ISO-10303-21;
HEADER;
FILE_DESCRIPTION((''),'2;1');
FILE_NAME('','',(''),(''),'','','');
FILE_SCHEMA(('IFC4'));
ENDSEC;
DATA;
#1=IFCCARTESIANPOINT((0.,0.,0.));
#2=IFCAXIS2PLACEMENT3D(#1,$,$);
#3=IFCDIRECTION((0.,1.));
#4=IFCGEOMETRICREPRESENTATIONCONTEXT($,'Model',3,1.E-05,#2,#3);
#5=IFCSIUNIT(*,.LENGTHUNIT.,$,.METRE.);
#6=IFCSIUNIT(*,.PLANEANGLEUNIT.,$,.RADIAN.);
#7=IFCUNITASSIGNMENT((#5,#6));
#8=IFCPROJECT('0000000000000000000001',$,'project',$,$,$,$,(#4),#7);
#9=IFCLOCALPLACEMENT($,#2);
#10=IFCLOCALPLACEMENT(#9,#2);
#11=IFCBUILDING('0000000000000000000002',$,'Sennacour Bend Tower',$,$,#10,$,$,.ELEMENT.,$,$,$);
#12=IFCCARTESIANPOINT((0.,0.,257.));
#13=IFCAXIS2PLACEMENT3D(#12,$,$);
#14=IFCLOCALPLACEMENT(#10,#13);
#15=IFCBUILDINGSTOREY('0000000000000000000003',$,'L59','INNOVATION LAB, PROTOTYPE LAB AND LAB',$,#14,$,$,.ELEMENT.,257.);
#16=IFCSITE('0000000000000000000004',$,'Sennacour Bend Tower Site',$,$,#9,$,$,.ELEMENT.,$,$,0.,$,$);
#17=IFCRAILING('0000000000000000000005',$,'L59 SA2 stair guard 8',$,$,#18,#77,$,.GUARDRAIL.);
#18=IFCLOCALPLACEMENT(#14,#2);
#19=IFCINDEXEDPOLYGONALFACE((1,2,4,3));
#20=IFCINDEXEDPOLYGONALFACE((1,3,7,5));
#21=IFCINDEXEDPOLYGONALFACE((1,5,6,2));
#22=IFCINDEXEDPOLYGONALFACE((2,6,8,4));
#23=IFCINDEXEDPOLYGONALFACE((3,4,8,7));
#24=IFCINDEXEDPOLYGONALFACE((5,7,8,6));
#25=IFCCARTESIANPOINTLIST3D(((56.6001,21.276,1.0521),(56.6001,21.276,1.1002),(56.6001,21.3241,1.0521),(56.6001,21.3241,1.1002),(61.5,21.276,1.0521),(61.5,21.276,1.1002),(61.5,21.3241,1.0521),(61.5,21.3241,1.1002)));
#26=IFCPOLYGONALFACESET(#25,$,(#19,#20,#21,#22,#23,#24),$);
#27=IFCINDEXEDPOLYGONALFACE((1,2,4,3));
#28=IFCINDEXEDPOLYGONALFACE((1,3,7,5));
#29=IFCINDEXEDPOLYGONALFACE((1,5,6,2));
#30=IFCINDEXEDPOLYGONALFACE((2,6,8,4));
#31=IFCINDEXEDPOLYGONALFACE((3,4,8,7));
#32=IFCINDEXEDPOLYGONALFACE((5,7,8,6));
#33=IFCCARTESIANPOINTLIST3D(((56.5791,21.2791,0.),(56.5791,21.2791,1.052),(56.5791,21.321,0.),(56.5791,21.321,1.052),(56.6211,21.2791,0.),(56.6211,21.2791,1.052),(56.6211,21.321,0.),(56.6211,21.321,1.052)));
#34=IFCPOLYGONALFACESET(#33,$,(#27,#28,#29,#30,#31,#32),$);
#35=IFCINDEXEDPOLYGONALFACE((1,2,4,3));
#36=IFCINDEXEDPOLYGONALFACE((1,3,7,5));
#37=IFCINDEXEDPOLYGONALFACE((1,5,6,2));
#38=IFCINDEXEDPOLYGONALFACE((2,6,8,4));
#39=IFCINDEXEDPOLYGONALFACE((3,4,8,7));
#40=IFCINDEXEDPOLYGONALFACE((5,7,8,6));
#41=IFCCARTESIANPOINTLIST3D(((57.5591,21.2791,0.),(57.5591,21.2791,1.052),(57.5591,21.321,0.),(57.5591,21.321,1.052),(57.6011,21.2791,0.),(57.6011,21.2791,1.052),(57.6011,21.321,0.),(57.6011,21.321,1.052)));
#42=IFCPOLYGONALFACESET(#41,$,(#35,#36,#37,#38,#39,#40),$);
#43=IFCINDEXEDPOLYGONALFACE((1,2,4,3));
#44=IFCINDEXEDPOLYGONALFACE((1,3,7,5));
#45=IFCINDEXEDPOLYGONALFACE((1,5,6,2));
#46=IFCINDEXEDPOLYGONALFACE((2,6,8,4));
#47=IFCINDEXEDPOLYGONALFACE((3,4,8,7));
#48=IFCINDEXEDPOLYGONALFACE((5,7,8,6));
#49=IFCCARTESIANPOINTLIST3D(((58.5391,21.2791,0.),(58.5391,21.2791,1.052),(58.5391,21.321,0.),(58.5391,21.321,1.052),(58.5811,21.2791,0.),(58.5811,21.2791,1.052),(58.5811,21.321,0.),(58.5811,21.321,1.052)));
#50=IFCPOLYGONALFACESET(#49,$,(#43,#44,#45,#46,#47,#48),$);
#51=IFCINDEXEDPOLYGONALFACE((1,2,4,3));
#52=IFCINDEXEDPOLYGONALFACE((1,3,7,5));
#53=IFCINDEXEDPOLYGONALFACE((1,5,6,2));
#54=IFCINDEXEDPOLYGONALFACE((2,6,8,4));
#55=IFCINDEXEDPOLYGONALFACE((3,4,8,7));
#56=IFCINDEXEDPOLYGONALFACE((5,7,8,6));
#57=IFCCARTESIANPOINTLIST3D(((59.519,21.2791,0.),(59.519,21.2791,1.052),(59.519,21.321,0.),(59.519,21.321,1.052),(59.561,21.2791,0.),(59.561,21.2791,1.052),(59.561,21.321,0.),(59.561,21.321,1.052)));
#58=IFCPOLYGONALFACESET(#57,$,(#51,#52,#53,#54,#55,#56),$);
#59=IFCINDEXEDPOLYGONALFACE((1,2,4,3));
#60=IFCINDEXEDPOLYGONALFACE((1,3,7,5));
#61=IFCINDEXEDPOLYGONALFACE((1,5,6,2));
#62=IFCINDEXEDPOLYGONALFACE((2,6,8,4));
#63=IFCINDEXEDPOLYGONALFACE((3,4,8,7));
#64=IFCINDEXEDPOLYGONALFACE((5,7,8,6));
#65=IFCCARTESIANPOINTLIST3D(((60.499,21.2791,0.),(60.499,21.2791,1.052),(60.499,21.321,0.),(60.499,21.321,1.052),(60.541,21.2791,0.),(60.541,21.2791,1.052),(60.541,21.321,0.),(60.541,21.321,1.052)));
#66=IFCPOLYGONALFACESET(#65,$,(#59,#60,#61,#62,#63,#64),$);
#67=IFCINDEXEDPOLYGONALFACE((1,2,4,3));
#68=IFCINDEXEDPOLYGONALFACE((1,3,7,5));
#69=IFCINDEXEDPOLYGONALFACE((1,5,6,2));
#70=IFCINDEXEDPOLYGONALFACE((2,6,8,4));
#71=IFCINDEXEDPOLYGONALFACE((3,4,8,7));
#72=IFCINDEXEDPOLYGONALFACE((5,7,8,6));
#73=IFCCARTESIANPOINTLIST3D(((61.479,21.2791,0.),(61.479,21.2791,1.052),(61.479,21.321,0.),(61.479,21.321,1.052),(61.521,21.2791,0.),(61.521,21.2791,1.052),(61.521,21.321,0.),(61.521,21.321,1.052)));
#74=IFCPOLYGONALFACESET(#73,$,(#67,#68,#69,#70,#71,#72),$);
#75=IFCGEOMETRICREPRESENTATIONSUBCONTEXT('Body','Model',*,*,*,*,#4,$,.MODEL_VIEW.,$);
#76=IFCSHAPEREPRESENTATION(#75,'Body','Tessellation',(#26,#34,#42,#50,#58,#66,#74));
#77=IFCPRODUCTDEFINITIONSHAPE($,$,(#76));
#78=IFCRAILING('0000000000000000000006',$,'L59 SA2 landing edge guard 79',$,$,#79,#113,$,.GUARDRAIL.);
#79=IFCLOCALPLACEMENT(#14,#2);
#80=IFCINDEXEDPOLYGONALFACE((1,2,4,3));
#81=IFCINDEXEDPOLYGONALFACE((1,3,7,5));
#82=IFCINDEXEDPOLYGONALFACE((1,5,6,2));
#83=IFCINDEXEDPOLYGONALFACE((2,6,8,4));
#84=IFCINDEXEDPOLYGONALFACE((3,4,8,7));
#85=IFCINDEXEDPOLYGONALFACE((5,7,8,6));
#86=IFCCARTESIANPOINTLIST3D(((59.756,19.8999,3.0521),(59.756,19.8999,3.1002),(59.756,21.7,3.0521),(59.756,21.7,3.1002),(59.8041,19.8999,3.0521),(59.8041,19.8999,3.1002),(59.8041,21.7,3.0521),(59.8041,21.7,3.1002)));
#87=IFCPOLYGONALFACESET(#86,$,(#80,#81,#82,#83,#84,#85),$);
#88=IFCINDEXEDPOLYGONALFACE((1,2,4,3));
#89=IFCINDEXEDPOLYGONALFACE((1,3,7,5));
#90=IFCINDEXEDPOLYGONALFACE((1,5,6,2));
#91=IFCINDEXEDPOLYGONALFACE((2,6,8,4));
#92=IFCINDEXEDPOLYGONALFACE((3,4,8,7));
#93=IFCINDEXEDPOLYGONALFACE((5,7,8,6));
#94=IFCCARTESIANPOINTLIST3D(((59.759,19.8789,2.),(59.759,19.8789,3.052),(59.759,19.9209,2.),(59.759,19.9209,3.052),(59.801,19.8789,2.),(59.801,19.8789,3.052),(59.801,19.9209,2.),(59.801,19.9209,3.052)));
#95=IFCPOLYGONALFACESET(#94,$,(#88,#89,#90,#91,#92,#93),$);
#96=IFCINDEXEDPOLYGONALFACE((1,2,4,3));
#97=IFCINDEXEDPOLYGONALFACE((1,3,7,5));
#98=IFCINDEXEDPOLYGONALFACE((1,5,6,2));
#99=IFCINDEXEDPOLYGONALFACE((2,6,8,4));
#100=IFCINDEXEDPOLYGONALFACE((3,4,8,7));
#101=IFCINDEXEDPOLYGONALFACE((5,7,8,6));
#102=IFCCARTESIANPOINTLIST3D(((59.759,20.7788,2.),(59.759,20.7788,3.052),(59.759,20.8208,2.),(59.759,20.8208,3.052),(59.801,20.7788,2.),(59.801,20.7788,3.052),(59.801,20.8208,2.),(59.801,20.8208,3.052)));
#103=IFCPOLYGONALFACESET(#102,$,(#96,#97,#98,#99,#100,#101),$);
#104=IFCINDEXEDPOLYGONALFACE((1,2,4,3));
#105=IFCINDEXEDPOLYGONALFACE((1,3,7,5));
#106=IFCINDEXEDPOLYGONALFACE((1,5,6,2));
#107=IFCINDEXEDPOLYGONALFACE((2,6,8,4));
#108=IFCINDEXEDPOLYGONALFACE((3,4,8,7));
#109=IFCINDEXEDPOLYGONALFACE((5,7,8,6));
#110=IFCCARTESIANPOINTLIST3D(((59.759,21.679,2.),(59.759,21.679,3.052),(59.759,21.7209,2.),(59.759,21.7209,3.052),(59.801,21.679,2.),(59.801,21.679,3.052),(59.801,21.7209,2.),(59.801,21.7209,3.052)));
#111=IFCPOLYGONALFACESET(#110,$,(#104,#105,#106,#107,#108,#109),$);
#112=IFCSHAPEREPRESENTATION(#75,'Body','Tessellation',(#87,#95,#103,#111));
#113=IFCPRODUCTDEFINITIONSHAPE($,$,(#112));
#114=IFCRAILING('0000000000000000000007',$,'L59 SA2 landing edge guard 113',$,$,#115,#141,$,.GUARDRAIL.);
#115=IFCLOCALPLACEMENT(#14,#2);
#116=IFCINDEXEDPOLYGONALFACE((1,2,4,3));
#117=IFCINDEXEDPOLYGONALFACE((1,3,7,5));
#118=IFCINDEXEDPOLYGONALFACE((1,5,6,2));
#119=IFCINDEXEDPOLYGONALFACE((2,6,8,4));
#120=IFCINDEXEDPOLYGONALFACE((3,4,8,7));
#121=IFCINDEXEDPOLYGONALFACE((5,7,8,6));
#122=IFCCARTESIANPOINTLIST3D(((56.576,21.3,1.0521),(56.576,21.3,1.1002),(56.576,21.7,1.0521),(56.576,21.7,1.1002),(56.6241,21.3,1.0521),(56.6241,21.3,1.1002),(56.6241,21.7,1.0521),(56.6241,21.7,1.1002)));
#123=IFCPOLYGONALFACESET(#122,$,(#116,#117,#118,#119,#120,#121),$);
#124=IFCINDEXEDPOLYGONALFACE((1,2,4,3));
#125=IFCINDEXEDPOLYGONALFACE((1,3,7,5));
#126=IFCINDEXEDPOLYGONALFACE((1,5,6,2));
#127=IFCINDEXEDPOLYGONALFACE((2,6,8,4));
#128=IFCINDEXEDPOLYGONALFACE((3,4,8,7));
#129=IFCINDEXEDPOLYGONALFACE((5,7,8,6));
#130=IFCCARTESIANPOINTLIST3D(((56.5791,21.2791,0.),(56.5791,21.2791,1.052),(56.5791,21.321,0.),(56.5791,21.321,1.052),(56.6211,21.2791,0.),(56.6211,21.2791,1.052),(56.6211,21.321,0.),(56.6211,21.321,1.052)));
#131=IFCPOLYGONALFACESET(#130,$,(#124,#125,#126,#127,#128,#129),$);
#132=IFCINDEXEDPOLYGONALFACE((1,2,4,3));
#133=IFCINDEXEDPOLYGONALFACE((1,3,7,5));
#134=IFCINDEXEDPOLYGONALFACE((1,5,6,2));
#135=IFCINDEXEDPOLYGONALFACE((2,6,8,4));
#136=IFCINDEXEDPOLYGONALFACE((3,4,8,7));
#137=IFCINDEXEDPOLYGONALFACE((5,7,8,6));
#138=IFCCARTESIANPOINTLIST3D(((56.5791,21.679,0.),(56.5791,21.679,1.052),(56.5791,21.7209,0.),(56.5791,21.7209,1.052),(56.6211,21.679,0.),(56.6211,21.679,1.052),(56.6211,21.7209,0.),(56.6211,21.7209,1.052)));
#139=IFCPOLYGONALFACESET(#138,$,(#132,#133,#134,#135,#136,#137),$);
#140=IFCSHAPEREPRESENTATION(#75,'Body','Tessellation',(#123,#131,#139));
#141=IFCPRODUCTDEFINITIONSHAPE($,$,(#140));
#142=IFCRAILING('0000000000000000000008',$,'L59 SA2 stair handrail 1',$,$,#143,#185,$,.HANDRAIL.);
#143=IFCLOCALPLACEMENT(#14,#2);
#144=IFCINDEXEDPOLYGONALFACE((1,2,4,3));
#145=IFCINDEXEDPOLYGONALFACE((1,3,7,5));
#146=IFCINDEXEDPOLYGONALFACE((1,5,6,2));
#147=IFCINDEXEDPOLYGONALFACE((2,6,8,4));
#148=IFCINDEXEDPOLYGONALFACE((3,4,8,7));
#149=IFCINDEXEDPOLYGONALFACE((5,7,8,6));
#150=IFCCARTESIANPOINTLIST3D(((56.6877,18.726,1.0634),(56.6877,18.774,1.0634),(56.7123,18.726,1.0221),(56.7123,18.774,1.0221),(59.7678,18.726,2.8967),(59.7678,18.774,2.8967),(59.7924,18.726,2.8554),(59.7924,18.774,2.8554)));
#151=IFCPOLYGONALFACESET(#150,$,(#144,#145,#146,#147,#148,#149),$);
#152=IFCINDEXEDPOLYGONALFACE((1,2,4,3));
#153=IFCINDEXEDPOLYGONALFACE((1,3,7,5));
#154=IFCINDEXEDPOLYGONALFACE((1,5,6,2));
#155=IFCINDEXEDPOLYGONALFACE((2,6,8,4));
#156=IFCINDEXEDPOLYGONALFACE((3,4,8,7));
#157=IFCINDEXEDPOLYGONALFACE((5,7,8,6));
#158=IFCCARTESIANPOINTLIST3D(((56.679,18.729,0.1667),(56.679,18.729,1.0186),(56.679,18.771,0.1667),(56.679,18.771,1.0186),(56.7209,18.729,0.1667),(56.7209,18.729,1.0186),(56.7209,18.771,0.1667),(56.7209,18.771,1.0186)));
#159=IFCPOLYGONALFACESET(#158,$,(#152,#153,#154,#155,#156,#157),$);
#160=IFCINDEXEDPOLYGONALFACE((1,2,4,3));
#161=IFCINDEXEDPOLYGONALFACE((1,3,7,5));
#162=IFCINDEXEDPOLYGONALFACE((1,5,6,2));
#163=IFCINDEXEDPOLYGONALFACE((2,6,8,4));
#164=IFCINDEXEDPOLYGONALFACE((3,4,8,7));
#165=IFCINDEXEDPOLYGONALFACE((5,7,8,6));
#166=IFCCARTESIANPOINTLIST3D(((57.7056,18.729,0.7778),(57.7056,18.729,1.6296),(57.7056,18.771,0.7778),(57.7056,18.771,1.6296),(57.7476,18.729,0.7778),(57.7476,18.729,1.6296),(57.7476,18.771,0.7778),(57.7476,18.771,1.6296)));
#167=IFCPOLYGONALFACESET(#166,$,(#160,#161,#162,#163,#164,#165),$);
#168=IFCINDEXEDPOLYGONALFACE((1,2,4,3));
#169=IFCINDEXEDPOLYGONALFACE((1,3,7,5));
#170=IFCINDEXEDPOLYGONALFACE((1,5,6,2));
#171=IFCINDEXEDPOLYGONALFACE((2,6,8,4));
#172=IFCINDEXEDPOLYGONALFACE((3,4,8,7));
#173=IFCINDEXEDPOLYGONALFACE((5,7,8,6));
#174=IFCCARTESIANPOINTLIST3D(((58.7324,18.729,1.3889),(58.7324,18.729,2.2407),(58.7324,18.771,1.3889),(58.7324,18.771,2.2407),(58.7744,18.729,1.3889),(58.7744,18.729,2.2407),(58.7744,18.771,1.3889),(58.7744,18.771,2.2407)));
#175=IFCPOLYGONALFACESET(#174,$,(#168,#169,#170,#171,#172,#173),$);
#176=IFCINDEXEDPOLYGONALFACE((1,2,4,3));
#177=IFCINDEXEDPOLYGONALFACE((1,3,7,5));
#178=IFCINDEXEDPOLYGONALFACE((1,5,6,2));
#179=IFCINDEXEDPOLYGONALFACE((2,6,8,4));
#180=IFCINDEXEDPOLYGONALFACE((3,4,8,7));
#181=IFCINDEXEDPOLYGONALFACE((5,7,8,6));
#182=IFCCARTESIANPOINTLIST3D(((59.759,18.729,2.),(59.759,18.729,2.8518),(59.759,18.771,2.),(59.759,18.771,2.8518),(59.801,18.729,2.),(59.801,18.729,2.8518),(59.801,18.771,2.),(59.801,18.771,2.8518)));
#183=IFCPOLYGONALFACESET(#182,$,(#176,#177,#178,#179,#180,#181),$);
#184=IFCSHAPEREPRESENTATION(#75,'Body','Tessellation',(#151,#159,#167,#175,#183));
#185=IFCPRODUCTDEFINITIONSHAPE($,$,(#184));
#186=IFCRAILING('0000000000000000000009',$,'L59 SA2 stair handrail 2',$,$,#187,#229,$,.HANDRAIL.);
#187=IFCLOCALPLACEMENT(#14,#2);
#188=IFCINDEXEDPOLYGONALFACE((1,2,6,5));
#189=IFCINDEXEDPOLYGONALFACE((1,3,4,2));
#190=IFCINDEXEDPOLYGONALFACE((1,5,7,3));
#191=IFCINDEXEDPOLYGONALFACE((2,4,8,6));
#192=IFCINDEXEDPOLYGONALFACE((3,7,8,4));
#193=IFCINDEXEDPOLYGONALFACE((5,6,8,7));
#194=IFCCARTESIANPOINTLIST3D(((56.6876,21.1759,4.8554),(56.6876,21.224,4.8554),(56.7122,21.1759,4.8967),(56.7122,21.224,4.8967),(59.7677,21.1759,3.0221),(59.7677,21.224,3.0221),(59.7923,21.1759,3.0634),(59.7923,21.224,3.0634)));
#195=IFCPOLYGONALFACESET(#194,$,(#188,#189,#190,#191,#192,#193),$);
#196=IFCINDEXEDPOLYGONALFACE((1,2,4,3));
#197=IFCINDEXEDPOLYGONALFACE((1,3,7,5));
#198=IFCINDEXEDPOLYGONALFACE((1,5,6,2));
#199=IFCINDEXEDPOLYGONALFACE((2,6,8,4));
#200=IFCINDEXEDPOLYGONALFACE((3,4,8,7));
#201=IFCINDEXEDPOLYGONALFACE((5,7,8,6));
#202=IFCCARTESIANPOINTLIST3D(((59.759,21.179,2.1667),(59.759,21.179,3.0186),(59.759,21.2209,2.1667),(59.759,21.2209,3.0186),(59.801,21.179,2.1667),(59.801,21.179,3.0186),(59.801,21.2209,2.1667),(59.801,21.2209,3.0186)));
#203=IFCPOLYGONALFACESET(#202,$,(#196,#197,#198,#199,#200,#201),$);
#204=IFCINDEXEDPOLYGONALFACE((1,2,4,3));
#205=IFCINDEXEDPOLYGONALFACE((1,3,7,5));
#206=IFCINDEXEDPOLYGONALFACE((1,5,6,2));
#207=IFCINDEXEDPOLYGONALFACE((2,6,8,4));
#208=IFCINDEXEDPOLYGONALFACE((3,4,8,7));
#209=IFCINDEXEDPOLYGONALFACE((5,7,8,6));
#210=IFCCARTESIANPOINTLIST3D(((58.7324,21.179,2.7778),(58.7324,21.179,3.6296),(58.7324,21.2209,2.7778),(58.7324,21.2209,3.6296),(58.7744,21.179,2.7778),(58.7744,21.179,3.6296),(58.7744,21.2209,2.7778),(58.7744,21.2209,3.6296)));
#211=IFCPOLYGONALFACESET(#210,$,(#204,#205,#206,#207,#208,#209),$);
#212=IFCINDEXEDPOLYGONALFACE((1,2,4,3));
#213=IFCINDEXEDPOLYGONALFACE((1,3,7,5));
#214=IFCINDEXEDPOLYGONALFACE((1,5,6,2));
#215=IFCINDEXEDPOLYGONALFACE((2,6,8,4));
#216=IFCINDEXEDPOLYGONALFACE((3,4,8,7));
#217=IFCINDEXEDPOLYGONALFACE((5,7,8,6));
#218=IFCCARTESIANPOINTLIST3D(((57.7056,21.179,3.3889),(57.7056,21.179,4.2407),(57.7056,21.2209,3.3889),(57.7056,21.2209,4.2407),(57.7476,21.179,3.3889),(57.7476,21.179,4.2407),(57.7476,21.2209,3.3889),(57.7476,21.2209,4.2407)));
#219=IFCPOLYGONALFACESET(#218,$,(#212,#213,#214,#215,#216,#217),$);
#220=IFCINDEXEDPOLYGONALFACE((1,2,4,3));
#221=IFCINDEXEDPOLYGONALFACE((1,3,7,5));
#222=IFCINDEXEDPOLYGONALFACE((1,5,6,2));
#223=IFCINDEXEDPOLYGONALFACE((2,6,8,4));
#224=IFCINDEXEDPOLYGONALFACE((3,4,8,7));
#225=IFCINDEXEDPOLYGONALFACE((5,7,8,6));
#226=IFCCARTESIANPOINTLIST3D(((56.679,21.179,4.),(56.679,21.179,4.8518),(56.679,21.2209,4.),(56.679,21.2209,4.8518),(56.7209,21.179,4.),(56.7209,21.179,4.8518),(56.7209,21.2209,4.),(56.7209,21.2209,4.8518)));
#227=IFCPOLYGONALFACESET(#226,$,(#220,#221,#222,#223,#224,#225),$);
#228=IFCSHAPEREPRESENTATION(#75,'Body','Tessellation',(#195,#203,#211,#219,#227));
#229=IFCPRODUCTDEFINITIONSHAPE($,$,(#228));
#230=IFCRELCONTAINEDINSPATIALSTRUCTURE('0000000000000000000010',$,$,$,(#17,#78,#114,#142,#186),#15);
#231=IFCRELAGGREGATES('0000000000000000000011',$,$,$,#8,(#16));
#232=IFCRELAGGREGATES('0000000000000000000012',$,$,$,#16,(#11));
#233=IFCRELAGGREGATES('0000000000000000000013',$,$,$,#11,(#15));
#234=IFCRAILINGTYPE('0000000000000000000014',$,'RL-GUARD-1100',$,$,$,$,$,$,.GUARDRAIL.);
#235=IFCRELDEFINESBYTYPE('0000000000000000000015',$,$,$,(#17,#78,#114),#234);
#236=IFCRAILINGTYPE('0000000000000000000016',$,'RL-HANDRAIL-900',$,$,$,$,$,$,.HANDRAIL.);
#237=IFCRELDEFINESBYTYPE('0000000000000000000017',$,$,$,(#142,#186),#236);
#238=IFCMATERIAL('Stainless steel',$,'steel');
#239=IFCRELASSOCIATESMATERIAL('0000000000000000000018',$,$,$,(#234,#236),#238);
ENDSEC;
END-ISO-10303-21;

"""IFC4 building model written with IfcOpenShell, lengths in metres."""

from ifc_helpers import new_model, si_unit, direction, frame, origin, origin_2d, place, context, subcontext, project, spatial, rectangle, extrude, material, type_object, element, save


model = new_model("IFC4")

# Units and contexts
model_context = context("Model", 3, precision=1e-05, world=origin(), true_north=direction((0.0, 1.0)))
body_context = subcontext(model_context, "Body", "Model", "MODEL_VIEW")
ifc_project = project(units=[si_unit("LENGTHUNIT", "METRE"), si_unit("PLANEANGLEUNIT", "RADIAN")], contexts=[model_context])

# Site, building, storey
site_placement = place(None, origin())
site = spatial("IfcSite", under=ifc_project, at=site_placement, Name="Sennacour Bend Tower Site", CompositionType="ELEMENT", RefElevation=0.0)
building_placement = place(site_placement, origin())
building = spatial("IfcBuilding", under=site, at=building_placement, Name="Sennacour Bend Tower", CompositionType="ELEMENT")
storey_placement = place(building_placement, frame((0.0, 0.0, 257.0)))
storey = spatial("IfcBuildingStorey", under=building, at=storey_placement, Name="L59", Description="INNOVATION LAB, PROTOTYPE LAB AND LAB", CompositionType="ELEMENT", Elevation=257.0)

# Railings
ifc_material_1 = material(Name="Stainless steel", Category="steel")
railing_type_1 = type_object("IfcRailingType", Name="RL-GUARD-1100", PredefinedType="GUARDRAIL", material=ifc_material_1)
railing_1_placement = place(storey_placement, frame((56.6001, 21.3, 0.0)))
element("IfcRailing", 1, at=railing_1_placement, inside=storey, type_object=railing_type_1, Name="L59 SA2 stair guard 8", PredefinedType="GUARDRAIL", context=body_context, shape_type="SweptSolid", body=[
    extrude(rectangle(XDim=0.0481, YDim=0.0481, at=origin_2d()), frame((0.0, 0.0, 1.0762), z_axis=(1.0, 0.0, 0.0), x_axis=(0.0, 1.0, 0.0)), (0.0, 0.0, 1.0), 4.8999),
    extrude(rectangle(XDim=0.042, YDim=0.042, at=origin_2d()), origin(), (0.0, 0.0, 1.0), 1.052),
    extrude(rectangle(XDim=0.042, YDim=0.042, at=origin_2d()), frame((0.98, 0.0, 0.0)), (0.0, 0.0, 1.0), 1.052),
    extrude(rectangle(XDim=0.042, YDim=0.042, at=origin_2d()), frame((1.96, 0.0, 0.0)), (0.0, 0.0, 1.0), 1.052),
    extrude(rectangle(XDim=0.042, YDim=0.042, at=origin_2d()), frame((2.9399, 0.0, 0.0)), (0.0, 0.0, 1.0), 1.052),
    extrude(rectangle(XDim=0.042, YDim=0.042, at=origin_2d()), frame((3.9199, 0.0, 0.0)), (0.0, 0.0, 1.0), 1.052),
    extrude(rectangle(XDim=0.042, YDim=0.042, at=origin_2d()), frame((4.8999, 0.0, 0.0)), (0.0, 0.0, 1.0), 1.052),
])
railing_2_placement = place(storey_placement, frame((59.78, 19.8999, 2.0)))
element("IfcRailing", 2, at=railing_2_placement, inside=storey, type_object=railing_type_1, Name="L59 SA2 landing edge guard 79", PredefinedType="GUARDRAIL", context=body_context, shape_type="SweptSolid", body=[
    extrude(rectangle(XDim=0.0481, YDim=0.0481, at=origin_2d()), frame((0.0, 0.0, 1.0762), z_axis=(0.0, 1.0, 0.0), x_axis=(-1.0, 0.0, 0.0)), (0.0, 0.0, 1.0), 1.8),
    extrude(rectangle(XDim=0.042, YDim=0.042, at=origin_2d()), origin(), (0.0, 0.0, 1.0), 1.052),
    extrude(rectangle(XDim=0.042, YDim=0.042, at=origin_2d()), frame((0.0, 0.8999, 0.0)), (0.0, 0.0, 1.0), 1.052),
    extrude(rectangle(XDim=0.042, YDim=0.042, at=origin_2d()), frame((0.0, 1.8, 0.0)), (0.0, 0.0, 1.0), 1.052),
])
railing_3_placement = place(storey_placement, frame((56.6001, 21.3, 0.0)))
element("IfcRailing", 3, at=railing_3_placement, inside=storey, type_object=railing_type_1, Name="L59 SA2 landing edge guard 113", PredefinedType="GUARDRAIL", context=body_context, shape_type="SweptSolid", body=[
    extrude(rectangle(XDim=0.0481, YDim=0.0481, at=origin_2d()), frame((0.0, 0.0, 1.0762), z_axis=(0.0, 1.0, 0.0), x_axis=(-1.0, 0.0, 0.0)), (0.0, 0.0, 1.0), 0.3999),
    extrude(rectangle(XDim=0.042, YDim=0.042, at=origin_2d()), origin(), (0.0, 0.0, 1.0), 1.052),
    extrude(rectangle(XDim=0.042, YDim=0.042, at=origin_2d()), frame((0.0, 0.3999, 0.0)), (0.0, 0.0, 1.0), 1.052),
])
railing_type_2 = type_object("IfcRailingType", Name="RL-HANDRAIL-900", PredefinedType="HANDRAIL", material=ifc_material_1)
railing_4_placement = place(storey_placement, frame((56.7, 18.75, 0.1667)))
element("IfcRailing", 4, at=railing_4_placement, inside=storey, type_object=railing_type_2, Name="L59 SA2 stair handrail 1", PredefinedType="HANDRAIL", context=body_context, shape_type="SweptSolid", body=[
    extrude(rectangle(XDim=0.0481, YDim=0.0481, at=origin_2d()), frame((0.0, 0.0, 0.876), z_axis=(0.859309, 0.0, 0.511458), x_axis=(0.0, 1.0, 0.0)), (0.0, 0.0, 1.0), 3.5845),
    extrude(rectangle(XDim=0.042, YDim=0.042, at=origin_2d()), origin(), (0.0, 0.0, 1.0), 0.8518),
    extrude(rectangle(XDim=0.042, YDim=0.042, at=origin_2d()), frame((1.0266, 0.0, 0.6111)), (0.0, 0.0, 1.0), 0.8518),
    extrude(rectangle(XDim=0.042, YDim=0.042, at=origin_2d()), frame((2.0535, 0.0, 1.2222)), (0.0, 0.0, 1.0), 0.8518),
    extrude(rectangle(XDim=0.042, YDim=0.042, at=origin_2d()), frame((3.0801, 0.0, 1.8333)), (0.0, 0.0, 1.0), 0.8518),
])
railing_5_placement = place(storey_placement, frame((59.78, 21.2, 2.1667)))
element("IfcRailing", 5, at=railing_5_placement, inside=storey, type_object=railing_type_2, Name="L59 SA2 stair handrail 2", PredefinedType="HANDRAIL", context=body_context, shape_type="SweptSolid", body=[
    extrude(rectangle(XDim=0.0481, YDim=0.0481, at=origin_2d()), frame((0.0, 0.0, 0.876), z_axis=(-0.859309, 0.0, 0.511458), x_axis=(0.0, -1.0, 0.0)), (0.0, 0.0, 1.0), 3.5845),
    extrude(rectangle(XDim=0.042, YDim=0.042, at=origin_2d()), origin(), (0.0, 0.0, 1.0), 0.8518),
    extrude(rectangle(XDim=0.042, YDim=0.042, at=origin_2d()), frame((-1.0266, 0.0, 0.6111)), (0.0, 0.0, 1.0), 0.8518),
    extrude(rectangle(XDim=0.042, YDim=0.042, at=origin_2d()), frame((-2.0535, 0.0, 1.2222)), (0.0, 0.0, 1.0), 0.8518),
    extrude(rectangle(XDim=0.042, YDim=0.042, at=origin_2d()), frame((-3.0801, 0.0, 1.8333)), (0.0, 0.0, 1.0), 0.8518),
])

save(model, "model.ifc")
